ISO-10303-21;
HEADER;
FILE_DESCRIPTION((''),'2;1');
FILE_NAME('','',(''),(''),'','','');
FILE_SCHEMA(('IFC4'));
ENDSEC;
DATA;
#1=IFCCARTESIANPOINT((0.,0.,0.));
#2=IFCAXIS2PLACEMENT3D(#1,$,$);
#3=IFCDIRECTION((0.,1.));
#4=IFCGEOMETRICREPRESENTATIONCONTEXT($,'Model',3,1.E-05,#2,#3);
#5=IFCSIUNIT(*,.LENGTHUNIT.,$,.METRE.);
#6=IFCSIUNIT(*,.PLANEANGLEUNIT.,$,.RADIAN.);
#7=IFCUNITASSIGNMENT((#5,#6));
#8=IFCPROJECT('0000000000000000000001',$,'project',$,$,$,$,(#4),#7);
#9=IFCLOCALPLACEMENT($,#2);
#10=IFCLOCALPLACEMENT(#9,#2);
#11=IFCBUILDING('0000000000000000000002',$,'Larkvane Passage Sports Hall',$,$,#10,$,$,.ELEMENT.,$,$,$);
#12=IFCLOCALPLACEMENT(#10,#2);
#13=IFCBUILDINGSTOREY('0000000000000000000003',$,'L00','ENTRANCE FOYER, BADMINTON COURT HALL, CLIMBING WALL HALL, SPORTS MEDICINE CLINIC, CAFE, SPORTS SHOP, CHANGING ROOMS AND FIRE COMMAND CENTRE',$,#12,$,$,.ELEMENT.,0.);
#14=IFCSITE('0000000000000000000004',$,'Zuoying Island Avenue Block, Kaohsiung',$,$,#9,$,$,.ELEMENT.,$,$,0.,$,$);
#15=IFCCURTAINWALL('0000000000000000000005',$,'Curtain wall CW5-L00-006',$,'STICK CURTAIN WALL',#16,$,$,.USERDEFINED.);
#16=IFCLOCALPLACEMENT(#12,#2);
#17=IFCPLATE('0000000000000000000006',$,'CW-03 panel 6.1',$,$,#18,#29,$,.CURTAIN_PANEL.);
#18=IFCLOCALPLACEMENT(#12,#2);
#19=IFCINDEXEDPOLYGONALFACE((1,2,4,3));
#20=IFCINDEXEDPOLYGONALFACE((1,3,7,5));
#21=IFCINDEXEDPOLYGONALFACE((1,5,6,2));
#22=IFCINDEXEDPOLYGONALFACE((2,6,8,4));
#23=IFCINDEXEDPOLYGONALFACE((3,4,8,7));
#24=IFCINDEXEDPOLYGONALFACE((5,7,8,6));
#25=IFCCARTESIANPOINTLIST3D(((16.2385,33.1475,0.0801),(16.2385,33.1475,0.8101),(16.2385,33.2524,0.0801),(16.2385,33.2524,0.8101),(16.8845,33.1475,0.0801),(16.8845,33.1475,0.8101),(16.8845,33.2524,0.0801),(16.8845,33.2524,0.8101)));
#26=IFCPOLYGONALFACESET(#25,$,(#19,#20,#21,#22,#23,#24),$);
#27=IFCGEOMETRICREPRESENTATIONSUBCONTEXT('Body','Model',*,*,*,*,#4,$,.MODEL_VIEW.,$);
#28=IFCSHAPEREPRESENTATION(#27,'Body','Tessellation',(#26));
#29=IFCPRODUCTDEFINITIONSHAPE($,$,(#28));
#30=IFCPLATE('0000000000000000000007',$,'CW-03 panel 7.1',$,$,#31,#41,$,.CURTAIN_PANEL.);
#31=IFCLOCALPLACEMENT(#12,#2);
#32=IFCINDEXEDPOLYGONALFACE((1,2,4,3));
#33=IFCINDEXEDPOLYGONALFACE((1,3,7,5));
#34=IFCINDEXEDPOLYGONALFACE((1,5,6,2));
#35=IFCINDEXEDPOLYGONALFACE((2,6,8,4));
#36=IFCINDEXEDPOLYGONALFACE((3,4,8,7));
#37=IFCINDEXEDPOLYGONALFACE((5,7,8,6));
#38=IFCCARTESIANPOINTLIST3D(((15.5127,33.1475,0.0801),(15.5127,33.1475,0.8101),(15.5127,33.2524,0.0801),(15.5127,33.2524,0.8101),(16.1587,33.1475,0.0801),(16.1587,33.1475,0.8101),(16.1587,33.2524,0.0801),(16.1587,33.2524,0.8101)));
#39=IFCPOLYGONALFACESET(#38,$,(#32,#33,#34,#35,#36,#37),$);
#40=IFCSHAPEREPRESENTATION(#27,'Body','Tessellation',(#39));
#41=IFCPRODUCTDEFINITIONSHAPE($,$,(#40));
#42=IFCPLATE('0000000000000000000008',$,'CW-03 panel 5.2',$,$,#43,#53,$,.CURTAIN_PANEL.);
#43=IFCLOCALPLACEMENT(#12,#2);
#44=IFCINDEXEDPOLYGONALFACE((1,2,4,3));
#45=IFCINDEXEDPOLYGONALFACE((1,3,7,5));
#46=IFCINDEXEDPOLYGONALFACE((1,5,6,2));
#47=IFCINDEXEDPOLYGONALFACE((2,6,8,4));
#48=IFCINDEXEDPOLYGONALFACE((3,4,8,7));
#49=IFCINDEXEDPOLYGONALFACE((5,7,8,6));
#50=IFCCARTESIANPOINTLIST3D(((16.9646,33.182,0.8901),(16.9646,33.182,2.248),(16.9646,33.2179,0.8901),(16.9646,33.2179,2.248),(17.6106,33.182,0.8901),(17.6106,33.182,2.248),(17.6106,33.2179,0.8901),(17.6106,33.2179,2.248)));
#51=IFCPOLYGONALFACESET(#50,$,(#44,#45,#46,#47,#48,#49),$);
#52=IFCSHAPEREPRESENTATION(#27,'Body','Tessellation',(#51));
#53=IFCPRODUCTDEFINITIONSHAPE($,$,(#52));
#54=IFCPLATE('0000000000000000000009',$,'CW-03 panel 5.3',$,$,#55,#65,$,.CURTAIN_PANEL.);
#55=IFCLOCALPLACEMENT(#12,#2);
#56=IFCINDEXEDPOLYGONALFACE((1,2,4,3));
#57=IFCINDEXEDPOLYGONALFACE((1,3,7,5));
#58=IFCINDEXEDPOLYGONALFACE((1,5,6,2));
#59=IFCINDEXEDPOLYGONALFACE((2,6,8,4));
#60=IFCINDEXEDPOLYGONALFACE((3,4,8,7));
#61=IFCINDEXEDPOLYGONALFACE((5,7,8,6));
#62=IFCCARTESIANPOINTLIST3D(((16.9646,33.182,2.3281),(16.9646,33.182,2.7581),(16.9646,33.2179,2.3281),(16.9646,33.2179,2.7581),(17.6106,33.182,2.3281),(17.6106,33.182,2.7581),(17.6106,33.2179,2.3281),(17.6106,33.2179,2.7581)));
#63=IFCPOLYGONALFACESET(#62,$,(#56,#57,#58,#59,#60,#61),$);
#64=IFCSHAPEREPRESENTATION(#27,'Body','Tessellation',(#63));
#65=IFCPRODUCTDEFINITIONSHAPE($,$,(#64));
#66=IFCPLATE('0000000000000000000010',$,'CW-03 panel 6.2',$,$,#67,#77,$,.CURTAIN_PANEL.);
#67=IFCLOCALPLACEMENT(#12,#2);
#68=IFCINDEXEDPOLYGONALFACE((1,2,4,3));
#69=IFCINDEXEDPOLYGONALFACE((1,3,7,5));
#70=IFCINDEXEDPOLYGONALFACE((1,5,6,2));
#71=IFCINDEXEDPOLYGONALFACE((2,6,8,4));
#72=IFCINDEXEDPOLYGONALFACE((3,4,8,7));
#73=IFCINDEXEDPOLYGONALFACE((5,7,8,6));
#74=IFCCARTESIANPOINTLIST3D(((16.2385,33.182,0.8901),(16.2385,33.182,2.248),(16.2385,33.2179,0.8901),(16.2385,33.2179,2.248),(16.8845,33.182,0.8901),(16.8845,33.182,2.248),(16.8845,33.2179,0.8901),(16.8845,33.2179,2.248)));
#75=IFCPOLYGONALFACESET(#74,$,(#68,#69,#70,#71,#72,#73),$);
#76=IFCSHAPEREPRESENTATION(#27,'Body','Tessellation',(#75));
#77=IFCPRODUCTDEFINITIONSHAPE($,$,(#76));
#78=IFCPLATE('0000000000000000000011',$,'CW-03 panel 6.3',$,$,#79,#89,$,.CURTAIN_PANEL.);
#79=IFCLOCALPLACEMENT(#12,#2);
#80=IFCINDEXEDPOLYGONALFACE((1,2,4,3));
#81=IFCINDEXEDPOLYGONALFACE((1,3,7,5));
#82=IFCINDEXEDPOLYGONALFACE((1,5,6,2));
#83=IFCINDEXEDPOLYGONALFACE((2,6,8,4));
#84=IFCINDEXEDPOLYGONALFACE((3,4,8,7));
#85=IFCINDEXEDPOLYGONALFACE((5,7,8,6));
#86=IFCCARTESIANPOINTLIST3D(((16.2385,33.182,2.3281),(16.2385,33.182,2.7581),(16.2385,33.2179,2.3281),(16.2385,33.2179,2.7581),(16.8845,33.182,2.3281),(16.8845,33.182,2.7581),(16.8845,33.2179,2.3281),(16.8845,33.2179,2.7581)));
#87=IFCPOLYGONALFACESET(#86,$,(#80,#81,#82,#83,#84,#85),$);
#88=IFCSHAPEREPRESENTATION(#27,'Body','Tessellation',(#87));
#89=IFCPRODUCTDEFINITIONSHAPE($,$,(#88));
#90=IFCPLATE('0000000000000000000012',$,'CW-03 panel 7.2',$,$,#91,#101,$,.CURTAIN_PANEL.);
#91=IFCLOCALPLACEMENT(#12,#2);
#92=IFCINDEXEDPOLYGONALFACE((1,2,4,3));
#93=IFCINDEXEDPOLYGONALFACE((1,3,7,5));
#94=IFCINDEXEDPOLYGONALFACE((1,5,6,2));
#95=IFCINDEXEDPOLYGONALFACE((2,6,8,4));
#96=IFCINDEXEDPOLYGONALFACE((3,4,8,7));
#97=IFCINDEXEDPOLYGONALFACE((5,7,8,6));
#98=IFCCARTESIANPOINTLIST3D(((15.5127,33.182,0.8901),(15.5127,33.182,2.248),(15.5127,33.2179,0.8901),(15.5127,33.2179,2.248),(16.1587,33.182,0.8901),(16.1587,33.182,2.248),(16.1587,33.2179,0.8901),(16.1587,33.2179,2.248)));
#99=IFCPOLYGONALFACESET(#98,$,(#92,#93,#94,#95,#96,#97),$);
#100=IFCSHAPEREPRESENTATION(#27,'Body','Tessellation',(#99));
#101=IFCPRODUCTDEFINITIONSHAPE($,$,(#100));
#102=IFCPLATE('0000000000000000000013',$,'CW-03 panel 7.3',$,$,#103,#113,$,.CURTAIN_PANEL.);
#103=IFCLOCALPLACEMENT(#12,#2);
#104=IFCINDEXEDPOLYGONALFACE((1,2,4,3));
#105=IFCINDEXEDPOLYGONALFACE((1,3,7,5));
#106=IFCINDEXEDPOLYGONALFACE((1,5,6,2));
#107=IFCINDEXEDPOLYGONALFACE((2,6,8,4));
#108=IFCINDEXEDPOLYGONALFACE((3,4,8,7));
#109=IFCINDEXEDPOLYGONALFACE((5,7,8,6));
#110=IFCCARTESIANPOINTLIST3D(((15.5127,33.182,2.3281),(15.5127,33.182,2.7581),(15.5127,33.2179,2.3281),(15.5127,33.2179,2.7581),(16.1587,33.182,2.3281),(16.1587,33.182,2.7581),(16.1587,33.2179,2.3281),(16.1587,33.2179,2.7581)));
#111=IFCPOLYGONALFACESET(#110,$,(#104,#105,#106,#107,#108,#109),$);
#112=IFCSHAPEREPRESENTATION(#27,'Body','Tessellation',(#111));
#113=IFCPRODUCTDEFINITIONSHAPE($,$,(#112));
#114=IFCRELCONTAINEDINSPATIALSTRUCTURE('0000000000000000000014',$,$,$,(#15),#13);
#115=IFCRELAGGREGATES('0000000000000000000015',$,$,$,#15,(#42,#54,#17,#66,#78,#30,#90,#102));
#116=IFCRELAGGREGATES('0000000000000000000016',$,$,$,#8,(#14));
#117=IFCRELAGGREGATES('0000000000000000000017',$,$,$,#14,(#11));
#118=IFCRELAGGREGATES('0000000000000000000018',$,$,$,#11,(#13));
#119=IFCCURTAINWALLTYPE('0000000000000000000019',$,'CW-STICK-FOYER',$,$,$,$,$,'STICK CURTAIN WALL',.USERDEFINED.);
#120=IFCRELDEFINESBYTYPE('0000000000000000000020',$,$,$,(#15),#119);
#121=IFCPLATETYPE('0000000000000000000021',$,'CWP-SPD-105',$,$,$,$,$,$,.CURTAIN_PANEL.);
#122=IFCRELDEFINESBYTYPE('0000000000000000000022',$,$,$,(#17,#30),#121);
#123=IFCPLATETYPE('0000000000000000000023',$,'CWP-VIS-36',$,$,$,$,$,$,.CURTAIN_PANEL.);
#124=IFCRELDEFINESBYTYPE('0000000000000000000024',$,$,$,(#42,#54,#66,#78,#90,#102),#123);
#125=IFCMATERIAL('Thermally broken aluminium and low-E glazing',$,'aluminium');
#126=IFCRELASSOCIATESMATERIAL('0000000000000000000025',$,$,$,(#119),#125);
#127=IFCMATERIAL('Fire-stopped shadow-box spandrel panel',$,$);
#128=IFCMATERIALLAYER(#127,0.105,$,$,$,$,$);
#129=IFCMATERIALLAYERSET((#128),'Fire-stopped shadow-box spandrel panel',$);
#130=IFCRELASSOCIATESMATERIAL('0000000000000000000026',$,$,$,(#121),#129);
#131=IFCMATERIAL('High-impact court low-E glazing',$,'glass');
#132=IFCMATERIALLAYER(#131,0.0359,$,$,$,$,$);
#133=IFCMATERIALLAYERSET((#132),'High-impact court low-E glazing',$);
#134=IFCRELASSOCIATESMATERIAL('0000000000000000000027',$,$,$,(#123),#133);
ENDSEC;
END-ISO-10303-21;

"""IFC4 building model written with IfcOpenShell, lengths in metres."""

from ifc_helpers import new_model, si_unit, direction, frame, origin, origin_2d, place, context, subcontext, project, spatial, rectangle, extrude, material, layer, layer_set, type_object, element, aggregate, save


model = new_model("IFC4")

# Units and contexts
model_context = context("Model", 3, precision=1e-05, world=origin(), true_north=direction((0.0, 1.0)))
body_context = subcontext(model_context, "Body", "Model", "MODEL_VIEW")
ifc_project = project(units=[si_unit("LENGTHUNIT", "METRE"), si_unit("PLANEANGLEUNIT", "RADIAN")], contexts=[model_context])

# Site, building, storey
site_placement = place(None, origin())
site = spatial("IfcSite", under=ifc_project, at=site_placement, Name="Zuoying Island Avenue Block, Kaohsiung", CompositionType="ELEMENT", RefElevation=0.0)
building_placement = place(site_placement, origin())
building = spatial("IfcBuilding", under=site, at=building_placement, Name="Larkvane Passage Sports Hall", CompositionType="ELEMENT")
storey_placement = place(building_placement, origin())
storey = spatial("IfcBuildingStorey", under=building, at=storey_placement, Name="L00", Description="ENTRANCE FOYER, BADMINTON COURT HALL, CLIMBING WALL HALL, SPORTS MEDICINE CLINIC, CAFE, SPORTS SHOP, CHANGING ROOMS AND FIRE COMMAND CENTRE", CompositionType="ELEMENT", Elevation=0.0)

# Curtain wall, plates
ifc_material_1 = material(Name="Thermally broken aluminium and low-E glazing", Category="aluminium")
curtain_wall_type = type_object("IfcCurtainWallType", Name="CW-STICK-FOYER", ElementType="STICK CURTAIN WALL", PredefinedType="USERDEFINED", material=ifc_material_1)
curtain_wall_placement = place(storey_placement, origin())
curtain_wall = element("IfcCurtainWall", 1, at=curtain_wall_placement, inside=storey, type_object=curtain_wall_type, Name="Curtain wall CW5-L00-006", ObjectType="STICK CURTAIN WALL", PredefinedType="USERDEFINED")
ifc_material_2 = material(Name="Fire-stopped shadow-box spandrel panel")
ifc_layer_1 = layer(ifc_material_2, 0.105)
ifc_layer_set_1 = layer_set([ifc_layer_1], Name="Fire-stopped shadow-box spandrel panel")
plate_type_1 = type_object("IfcPlateType", Name="CWP-SPD-105", PredefinedType="CURTAIN_PANEL", material=ifc_layer_set_1)
plate_1_placement = place(storey_placement, frame((16.5615, 33.2, 0.0801), z_axis=(0.0, 0.0, 1.0), x_axis=(-1.0, 0.0, 0.0)))
plate_1 = element("IfcPlate", 2, at=plate_1_placement, type_object=plate_type_1, Name="CW-03 panel 6.1", PredefinedType="CURTAIN_PANEL", context=body_context, shape_type="SweptSolid", body=[
    extrude(rectangle(XDim=0.646, YDim=0.105, at=origin_2d()), origin(), (0.0, 0.0, 1.0), 0.73),
])
plate_2_placement = place(storey_placement, frame((15.8357, 33.2, 0.0801), z_axis=(0.0, 0.0, 1.0), x_axis=(-1.0, 0.0, 0.0)))
plate_2 = element("IfcPlate", 3, at=plate_2_placement, type_object=plate_type_1, Name="CW-03 panel 7.1", PredefinedType="CURTAIN_PANEL", context=body_context, shape_type="SweptSolid", body=[
    extrude(rectangle(XDim=0.646, YDim=0.105, at=origin_2d()), origin(), (0.0, 0.0, 1.0), 0.73),
])
ifc_material_3 = material(Name="High-impact court low-E glazing", Category="glass")
ifc_layer_2 = layer(ifc_material_3, 0.0359)
ifc_layer_set_2 = layer_set([ifc_layer_2], Name="High-impact court low-E glazing")
plate_type_2 = type_object("IfcPlateType", Name="CWP-VIS-36", PredefinedType="CURTAIN_PANEL", material=ifc_layer_set_2)
plate_3_placement = place(storey_placement, frame((17.2876, 33.2, 0.8901), z_axis=(0.0, 0.0, 1.0), x_axis=(-1.0, 0.0, 0.0)))
plate_3 = element("IfcPlate", 4, at=plate_3_placement, type_object=plate_type_2, Name="CW-03 panel 5.2", PredefinedType="CURTAIN_PANEL", context=body_context, shape_type="SweptSolid", body=[
    extrude(rectangle(XDim=0.646, YDim=0.0359, at=origin_2d()), origin(), (0.0, 0.0, 1.0), 1.3579),
])
plate_4_placement = place(storey_placement, frame((17.2876, 33.2, 2.3281), z_axis=(0.0, 0.0, 1.0), x_axis=(-1.0, 0.0, 0.0)))
plate_4 = element("IfcPlate", 5, at=plate_4_placement, type_object=plate_type_2, Name="CW-03 panel 5.3", PredefinedType="CURTAIN_PANEL", context=body_context, shape_type="SweptSolid", body=[
    extrude(rectangle(XDim=0.646, YDim=0.0359, at=origin_2d()), origin(), (0.0, 0.0, 1.0), 0.4299),
])
plate_5_placement = place(storey_placement, frame((16.5615, 33.2, 0.8901), z_axis=(0.0, 0.0, 1.0), x_axis=(-1.0, 0.0, 0.0)))
plate_5 = element("IfcPlate", 6, at=plate_5_placement, type_object=plate_type_2, Name="CW-03 panel 6.2", PredefinedType="CURTAIN_PANEL", context=body_context, shape_type="SweptSolid", body=[
    extrude(rectangle(XDim=0.646, YDim=0.0359, at=origin_2d()), origin(), (0.0, 0.0, 1.0), 1.3579),
])
plate_6_placement = place(storey_placement, frame((16.5615, 33.2, 2.3281), z_axis=(0.0, 0.0, 1.0), x_axis=(-1.0, 0.0, 0.0)))
plate_6 = element("IfcPlate", 7, at=plate_6_placement, type_object=plate_type_2, Name="CW-03 panel 6.3", PredefinedType="CURTAIN_PANEL", context=body_context, shape_type="SweptSolid", body=[
    extrude(rectangle(XDim=0.646, YDim=0.0359, at=origin_2d()), origin(), (0.0, 0.0, 1.0), 0.4299),
])
plate_7_placement = place(storey_placement, frame((15.8357, 33.2, 0.8901), z_axis=(0.0, 0.0, 1.0), x_axis=(-1.0, 0.0, 0.0)))
plate_7 = element("IfcPlate", 8, at=plate_7_placement, type_object=plate_type_2, Name="CW-03 panel 7.2", PredefinedType="CURTAIN_PANEL", context=body_context, shape_type="SweptSolid", body=[
    extrude(rectangle(XDim=0.646, YDim=0.0359, at=origin_2d()), origin(), (0.0, 0.0, 1.0), 1.3579),
])
plate_8_placement = place(storey_placement, frame((15.8357, 33.2, 2.3281), z_axis=(0.0, 0.0, 1.0), x_axis=(-1.0, 0.0, 0.0)))
plate_8 = element("IfcPlate", 9, at=plate_8_placement, type_object=plate_type_2, Name="CW-03 panel 7.3", PredefinedType="CURTAIN_PANEL", context=body_context, shape_type="SweptSolid", body=[
    extrude(rectangle(XDim=0.646, YDim=0.0359, at=origin_2d()), origin(), (0.0, 0.0, 1.0), 0.4299),
])
aggregate(curtain_wall, [plate_3, plate_4, plate_1, plate_5, plate_6, plate_2, plate_7, plate_8])

save(model, "model.ifc")
